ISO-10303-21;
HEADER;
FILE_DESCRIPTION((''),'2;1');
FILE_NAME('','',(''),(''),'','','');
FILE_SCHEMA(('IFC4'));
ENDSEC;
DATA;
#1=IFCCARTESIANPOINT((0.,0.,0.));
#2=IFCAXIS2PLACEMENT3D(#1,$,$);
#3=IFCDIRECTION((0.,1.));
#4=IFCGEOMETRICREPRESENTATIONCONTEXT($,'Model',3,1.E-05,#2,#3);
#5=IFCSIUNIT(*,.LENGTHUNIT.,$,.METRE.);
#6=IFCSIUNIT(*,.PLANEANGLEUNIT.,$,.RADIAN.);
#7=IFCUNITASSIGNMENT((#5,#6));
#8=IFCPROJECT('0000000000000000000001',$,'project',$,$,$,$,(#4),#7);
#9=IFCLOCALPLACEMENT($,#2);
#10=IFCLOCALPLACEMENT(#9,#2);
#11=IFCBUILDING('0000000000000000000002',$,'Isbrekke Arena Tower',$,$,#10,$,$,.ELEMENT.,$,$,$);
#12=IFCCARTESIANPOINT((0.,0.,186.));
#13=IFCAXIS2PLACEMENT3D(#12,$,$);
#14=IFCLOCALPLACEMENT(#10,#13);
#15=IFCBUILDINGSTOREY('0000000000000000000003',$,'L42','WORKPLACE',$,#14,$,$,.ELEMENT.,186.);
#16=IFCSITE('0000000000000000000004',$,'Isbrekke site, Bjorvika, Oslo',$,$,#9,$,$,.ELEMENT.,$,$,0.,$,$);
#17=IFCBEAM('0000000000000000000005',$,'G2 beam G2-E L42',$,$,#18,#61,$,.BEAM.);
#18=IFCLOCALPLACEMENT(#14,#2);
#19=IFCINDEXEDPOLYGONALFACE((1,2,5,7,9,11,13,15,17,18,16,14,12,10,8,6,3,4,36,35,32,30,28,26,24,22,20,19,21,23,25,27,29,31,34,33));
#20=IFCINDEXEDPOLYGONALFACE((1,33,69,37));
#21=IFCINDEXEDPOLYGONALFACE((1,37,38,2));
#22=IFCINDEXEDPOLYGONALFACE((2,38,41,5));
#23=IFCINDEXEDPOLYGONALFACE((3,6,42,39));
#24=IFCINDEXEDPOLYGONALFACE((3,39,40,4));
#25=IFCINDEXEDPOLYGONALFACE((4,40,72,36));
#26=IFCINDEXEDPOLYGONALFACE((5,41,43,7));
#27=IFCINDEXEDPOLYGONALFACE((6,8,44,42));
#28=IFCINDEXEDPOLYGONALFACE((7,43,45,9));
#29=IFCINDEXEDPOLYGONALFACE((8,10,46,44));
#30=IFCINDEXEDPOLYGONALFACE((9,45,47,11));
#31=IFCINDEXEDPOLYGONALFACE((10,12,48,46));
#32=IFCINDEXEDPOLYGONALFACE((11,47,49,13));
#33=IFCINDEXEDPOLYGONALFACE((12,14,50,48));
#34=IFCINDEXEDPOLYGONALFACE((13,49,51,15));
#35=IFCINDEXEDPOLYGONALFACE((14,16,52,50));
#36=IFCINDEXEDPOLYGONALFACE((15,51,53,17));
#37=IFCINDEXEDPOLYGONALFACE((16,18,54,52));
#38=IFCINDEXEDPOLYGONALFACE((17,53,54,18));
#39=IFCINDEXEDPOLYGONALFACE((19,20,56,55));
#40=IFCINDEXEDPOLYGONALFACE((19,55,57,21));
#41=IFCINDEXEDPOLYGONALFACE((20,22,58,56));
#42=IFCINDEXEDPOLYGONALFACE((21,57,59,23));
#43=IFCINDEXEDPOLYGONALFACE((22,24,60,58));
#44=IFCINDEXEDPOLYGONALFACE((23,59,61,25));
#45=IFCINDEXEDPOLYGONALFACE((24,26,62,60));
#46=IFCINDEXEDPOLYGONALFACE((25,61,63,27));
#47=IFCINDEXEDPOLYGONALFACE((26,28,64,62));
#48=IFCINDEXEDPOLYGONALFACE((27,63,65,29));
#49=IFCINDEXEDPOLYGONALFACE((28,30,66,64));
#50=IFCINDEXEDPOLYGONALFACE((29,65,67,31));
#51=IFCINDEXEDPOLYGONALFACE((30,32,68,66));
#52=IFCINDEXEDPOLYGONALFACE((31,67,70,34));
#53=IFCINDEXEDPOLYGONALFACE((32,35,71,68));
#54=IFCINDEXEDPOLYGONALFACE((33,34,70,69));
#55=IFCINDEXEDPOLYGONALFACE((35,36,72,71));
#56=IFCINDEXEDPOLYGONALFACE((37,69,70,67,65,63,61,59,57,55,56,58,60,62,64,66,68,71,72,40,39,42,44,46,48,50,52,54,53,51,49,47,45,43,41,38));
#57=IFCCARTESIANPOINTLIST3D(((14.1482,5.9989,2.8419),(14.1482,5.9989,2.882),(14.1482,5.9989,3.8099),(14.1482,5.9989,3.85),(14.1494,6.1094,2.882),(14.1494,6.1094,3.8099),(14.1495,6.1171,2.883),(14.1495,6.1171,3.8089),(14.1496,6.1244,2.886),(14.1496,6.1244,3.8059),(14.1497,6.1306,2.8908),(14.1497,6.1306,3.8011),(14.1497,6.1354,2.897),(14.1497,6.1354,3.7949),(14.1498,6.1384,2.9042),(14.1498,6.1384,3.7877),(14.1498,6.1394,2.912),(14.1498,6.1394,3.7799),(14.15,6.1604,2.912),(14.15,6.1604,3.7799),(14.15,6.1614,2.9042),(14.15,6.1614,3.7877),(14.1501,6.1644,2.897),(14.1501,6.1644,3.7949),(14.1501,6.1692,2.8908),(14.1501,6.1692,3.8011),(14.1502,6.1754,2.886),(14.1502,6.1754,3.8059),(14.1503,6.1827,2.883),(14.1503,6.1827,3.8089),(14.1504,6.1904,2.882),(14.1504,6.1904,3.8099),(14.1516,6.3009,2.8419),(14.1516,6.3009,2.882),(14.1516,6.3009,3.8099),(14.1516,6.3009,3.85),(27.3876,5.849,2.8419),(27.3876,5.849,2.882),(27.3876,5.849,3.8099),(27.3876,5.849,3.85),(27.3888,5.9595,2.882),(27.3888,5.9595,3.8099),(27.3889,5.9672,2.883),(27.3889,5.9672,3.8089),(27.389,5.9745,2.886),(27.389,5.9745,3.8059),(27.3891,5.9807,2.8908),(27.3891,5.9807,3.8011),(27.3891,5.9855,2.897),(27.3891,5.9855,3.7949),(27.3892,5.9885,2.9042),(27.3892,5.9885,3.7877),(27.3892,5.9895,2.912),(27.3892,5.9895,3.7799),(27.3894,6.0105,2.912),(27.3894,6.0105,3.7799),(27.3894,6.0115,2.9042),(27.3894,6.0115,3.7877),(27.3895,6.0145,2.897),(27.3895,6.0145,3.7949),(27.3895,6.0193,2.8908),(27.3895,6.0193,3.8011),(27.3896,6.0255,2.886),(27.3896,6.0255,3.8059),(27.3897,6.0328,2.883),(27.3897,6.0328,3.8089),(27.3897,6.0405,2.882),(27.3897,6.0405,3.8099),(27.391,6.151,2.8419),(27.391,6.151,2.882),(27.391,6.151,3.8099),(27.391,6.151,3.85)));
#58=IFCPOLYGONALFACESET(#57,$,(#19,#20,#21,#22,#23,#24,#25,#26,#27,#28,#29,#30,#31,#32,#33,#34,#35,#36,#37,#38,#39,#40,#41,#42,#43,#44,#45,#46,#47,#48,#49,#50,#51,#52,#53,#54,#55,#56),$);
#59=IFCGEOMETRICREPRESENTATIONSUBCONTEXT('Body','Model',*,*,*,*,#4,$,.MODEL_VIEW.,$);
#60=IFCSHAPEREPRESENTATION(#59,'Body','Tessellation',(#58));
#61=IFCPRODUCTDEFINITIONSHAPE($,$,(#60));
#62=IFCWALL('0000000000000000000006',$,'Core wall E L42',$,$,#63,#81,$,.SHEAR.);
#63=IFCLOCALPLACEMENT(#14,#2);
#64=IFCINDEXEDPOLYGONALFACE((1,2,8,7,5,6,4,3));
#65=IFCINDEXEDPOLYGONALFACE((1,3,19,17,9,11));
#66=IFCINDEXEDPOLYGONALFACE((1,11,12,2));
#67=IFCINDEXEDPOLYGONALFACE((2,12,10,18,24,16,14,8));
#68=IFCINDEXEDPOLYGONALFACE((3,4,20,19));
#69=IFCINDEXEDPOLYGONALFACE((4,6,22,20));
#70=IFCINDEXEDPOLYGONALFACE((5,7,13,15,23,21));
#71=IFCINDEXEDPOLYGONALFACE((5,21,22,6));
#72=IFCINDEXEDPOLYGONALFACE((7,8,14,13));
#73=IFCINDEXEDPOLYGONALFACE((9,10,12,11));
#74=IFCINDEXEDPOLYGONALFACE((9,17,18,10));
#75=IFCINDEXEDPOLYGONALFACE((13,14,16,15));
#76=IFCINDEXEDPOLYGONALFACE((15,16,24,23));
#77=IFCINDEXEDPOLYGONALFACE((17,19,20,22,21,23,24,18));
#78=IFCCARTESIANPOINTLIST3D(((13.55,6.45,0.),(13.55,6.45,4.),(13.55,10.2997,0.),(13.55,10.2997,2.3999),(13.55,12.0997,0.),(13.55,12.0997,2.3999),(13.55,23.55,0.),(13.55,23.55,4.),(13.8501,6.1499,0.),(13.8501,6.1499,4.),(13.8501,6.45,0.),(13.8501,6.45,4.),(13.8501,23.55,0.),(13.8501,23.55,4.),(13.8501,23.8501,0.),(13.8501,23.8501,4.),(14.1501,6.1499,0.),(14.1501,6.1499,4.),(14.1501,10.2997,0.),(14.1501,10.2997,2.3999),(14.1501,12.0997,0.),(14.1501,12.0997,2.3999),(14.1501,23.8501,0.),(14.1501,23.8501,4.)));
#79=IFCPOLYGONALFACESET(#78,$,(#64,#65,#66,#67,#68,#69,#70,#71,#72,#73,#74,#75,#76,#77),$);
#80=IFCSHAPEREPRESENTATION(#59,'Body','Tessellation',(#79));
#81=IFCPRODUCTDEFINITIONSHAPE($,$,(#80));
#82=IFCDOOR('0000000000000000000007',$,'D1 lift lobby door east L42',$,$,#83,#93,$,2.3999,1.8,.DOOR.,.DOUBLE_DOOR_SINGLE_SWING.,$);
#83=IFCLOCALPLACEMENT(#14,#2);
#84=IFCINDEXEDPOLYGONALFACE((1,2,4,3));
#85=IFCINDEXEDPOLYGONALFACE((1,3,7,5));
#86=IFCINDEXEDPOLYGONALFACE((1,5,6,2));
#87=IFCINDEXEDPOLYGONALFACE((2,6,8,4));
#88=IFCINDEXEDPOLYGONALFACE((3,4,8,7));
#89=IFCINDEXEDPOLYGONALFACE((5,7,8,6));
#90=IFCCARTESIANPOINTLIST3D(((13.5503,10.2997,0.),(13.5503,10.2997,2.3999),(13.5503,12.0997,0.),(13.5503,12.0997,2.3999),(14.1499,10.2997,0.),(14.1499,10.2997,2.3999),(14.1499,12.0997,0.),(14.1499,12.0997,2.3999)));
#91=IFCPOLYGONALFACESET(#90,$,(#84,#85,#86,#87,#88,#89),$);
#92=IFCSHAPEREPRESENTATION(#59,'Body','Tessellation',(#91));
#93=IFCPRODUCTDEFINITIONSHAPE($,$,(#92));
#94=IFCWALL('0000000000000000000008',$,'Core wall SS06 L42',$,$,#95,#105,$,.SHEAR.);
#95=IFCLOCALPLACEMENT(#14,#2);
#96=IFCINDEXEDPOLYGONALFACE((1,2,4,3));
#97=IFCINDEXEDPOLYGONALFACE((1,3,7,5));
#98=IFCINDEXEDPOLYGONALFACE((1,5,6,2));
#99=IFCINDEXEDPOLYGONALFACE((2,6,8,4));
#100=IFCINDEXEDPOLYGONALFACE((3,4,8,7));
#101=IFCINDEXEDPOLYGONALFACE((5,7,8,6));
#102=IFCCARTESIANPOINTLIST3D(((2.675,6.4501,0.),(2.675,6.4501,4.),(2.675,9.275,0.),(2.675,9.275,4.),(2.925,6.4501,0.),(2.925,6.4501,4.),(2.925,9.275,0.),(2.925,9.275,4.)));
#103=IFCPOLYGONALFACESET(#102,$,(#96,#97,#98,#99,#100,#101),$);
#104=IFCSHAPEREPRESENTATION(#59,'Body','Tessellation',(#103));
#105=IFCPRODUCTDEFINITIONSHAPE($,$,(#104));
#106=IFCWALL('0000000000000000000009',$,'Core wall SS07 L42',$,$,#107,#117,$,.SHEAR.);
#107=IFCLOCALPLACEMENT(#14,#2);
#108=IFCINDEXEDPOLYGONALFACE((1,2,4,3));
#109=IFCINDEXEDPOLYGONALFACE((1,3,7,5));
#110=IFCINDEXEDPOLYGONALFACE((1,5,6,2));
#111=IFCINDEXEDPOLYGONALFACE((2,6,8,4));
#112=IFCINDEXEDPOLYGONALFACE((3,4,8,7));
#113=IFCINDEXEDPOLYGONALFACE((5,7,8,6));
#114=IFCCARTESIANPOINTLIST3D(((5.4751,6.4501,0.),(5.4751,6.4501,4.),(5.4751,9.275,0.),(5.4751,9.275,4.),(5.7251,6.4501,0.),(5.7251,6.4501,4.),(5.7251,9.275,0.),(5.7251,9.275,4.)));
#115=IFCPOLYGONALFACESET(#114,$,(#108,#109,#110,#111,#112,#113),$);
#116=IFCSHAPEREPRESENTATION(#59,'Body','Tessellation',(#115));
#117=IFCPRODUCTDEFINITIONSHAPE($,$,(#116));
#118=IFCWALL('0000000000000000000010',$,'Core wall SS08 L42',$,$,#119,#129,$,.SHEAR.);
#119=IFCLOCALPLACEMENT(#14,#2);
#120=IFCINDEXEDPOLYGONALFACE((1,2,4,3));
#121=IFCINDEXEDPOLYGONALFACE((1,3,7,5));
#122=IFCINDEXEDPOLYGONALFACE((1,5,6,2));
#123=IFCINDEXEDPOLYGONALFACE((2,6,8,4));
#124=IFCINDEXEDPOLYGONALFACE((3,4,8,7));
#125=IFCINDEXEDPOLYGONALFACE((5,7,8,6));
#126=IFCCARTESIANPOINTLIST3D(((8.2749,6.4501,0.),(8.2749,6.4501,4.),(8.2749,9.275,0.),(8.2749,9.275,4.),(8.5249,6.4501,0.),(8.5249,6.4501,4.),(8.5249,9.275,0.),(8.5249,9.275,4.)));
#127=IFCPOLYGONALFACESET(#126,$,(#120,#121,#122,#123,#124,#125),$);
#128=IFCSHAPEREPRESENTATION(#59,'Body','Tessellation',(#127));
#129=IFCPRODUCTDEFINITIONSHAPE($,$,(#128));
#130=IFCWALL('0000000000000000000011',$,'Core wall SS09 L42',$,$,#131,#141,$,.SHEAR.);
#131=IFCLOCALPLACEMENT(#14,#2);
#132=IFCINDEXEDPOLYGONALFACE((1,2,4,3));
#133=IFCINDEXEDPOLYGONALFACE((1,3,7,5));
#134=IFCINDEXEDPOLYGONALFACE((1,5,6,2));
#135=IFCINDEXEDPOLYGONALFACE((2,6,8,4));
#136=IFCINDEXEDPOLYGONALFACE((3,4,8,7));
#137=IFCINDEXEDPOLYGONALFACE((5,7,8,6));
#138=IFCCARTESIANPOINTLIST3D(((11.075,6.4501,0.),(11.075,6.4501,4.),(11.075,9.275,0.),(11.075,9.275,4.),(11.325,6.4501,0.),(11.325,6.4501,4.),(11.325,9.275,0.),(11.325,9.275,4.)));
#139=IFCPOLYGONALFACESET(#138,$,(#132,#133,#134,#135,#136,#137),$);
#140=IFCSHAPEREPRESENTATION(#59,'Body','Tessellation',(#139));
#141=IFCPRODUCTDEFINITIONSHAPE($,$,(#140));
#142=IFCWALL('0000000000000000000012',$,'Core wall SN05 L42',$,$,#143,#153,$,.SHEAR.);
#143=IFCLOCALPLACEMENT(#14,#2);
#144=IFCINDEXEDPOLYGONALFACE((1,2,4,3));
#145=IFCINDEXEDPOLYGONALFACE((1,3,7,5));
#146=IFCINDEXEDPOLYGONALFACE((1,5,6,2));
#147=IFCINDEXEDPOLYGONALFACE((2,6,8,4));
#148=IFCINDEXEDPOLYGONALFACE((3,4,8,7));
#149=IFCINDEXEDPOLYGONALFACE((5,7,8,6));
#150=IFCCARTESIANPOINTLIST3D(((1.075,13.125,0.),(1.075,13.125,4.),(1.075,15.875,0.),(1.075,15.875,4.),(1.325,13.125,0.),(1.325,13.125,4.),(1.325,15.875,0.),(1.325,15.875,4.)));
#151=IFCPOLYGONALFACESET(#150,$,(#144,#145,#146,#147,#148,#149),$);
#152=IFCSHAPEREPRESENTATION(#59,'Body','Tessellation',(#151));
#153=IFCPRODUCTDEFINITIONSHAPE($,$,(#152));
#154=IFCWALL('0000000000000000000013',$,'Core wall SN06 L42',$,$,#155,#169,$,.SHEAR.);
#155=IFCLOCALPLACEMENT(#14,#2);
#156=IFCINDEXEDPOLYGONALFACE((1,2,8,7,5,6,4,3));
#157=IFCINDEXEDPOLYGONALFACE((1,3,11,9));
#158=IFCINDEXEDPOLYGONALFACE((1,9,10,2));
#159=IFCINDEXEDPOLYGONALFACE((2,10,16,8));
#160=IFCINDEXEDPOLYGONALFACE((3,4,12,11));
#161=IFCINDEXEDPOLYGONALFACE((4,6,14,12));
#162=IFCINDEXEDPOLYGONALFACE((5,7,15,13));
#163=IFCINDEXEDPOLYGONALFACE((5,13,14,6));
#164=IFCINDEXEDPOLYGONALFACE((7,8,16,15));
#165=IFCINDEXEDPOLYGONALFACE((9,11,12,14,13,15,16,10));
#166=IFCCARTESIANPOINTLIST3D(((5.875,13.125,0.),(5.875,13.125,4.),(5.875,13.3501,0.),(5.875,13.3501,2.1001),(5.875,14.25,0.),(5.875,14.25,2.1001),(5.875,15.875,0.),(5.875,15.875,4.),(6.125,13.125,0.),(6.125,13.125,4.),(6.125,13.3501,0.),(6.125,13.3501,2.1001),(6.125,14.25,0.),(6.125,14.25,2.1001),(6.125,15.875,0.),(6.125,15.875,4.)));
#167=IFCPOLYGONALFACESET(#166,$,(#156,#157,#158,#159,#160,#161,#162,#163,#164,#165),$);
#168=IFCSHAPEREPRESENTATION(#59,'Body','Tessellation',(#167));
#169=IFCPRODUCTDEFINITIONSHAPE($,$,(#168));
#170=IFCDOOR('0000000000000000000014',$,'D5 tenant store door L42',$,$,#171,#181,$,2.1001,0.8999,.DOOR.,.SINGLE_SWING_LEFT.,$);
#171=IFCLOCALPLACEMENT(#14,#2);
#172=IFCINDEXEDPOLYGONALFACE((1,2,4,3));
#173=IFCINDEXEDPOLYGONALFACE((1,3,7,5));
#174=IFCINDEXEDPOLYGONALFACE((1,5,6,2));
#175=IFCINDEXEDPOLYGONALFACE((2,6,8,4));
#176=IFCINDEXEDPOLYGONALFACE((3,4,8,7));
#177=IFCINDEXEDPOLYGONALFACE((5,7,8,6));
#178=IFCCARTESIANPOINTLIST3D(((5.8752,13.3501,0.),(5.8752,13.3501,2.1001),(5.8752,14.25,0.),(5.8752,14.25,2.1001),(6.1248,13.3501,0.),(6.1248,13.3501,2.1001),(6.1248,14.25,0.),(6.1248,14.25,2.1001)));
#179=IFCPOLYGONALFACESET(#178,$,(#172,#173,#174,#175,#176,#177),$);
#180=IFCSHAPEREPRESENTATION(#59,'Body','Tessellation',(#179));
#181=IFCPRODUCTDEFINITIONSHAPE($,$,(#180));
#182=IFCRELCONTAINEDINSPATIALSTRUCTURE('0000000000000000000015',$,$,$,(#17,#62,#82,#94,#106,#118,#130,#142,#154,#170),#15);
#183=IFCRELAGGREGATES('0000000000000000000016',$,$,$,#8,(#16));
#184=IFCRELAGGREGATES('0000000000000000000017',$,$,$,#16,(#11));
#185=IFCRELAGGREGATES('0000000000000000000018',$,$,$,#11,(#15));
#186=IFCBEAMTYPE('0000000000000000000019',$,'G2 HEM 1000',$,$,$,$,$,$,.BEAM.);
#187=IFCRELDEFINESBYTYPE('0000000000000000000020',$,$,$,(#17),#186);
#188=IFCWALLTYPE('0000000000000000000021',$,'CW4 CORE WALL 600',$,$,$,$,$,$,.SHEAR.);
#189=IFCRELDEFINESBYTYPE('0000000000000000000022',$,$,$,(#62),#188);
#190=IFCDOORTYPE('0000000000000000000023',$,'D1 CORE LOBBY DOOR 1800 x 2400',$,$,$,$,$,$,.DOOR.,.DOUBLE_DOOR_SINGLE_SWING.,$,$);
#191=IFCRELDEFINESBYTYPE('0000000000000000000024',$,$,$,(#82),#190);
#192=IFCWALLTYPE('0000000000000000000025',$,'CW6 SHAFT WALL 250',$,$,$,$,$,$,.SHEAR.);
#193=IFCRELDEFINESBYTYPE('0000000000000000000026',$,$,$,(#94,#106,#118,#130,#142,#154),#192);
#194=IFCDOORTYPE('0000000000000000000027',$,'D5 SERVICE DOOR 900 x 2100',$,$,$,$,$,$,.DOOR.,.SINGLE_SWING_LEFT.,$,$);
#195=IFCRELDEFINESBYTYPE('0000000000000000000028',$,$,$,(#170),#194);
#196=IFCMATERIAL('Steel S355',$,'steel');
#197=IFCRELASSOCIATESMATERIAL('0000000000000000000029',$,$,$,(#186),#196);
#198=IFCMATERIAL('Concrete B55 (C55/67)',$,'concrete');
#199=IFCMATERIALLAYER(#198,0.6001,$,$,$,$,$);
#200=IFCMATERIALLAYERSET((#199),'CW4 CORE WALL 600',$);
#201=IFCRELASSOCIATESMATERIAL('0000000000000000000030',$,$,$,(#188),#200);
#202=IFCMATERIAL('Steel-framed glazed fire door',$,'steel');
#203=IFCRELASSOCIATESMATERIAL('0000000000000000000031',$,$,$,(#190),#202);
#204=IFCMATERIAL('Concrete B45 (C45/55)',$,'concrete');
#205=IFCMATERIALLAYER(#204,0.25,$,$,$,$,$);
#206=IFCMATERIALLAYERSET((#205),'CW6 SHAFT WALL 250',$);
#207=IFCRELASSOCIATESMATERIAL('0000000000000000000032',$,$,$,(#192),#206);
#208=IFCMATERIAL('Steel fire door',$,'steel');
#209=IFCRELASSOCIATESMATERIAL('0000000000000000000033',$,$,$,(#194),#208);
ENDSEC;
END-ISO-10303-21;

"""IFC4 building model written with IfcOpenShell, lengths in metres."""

from ifc_helpers import new_model, si_unit, direction, frame, frame_2d, origin, origin_2d, place, context, subcontext, project, spatial, polyline, rectangle, i_section, outline, extrude, material, layer, layer_set, material_profile, profile_set, type_object, element, fill, save


model = new_model("IFC4")

# Units and contexts
model_context = context("Model", 3, precision=1e-05, world=origin(), true_north=direction((0.0, 1.0)))
body_context = subcontext(model_context, "Body", "Model", "MODEL_VIEW")
ifc_project = project(units=[si_unit("LENGTHUNIT", "METRE"), si_unit("PLANEANGLEUNIT", "RADIAN")], contexts=[model_context])

# Site, building, storey
site_placement = place(None, origin())
site = spatial("IfcSite", under=ifc_project, at=site_placement, Name="Isbrekke site, Bjorvika, Oslo", CompositionType="ELEMENT", RefElevation=0.0)
building_placement = place(site_placement, origin())
building = spatial("IfcBuilding", under=site, at=building_placement, Name="Isbrekke Arena Tower", CompositionType="ELEMENT")
storey_placement = place(building_placement, frame((0.0, 0.0, 186.0)))
storey = spatial("IfcBuildingStorey", under=building, at=storey_placement, Name="L42", Description="WORKPLACE", CompositionType="ELEMENT", Elevation=186.0)

# Beam
ifc_material_1 = material(Name="Steel S355", Category="steel")
ifc_material_profile = material_profile(ifc_material_1, i_section(OverallWidth=0.302, OverallDepth=1.0081, WebThickness=0.021, FlangeThickness=0.04, FilletRadius=0.03, at=origin_2d()), Name="HEM 1000")
ifc_profile_set = profile_set([ifc_material_profile], Name="Steel S355")
beam_type = type_object("IfcBeamType", Name="G2 HEM 1000", PredefinedType="BEAM", material=ifc_profile_set)
beam_placement = place(storey_placement, frame((14.1499, 6.1499, 3.3459), z_axis=(0.999936, -0.011322, 0.0), x_axis=(0.011322, 0.999936, 0.0)))
element("IfcBeam", 1, at=beam_placement, inside=storey, type_object=beam_type, Name="G2 beam G2-E L42", PredefinedType="BEAM", context=body_context, shape_type="SweptSolid", body=[
    extrude(i_section(OverallWidth=0.302, OverallDepth=1.0081, WebThickness=0.021, FlangeThickness=0.04, FilletRadius=0.03, at=origin_2d()), origin(), (0.0, 0.0, 1.0), 13.2402),
])

# Wall, opening, door
ifc_material_2 = material(Name="Concrete B55 (C55/67)", Category="concrete")
ifc_layer_1 = layer(ifc_material_2, 0.6001)
ifc_layer_set_1 = layer_set([ifc_layer_1], Name="CW4 CORE WALL 600")
wall_type_1 = type_object("IfcWallType", Name="CW4 CORE WALL 600", PredefinedType="SHEAR", material=ifc_layer_set_1)
wall_1_placement = place(storey_placement, frame((13.8501, 6.1499, 0.0), z_axis=(0.0, 0.0, 1.0), x_axis=(0.0, 1.0, 0.0)))
wall_1 = element("IfcWall", 2, at=wall_1_placement, inside=storey, type_object=wall_type_1, Name="Core wall E L42", PredefinedType="SHEAR", context=body_context, shape_type="SweptSolid", body=[
    extrude(outline(polyline([(0.0, -0.3), (17.7002, -0.3), (17.7002, 0.0), (17.4001, 0.0), (17.4001, 0.3), (0.3, 0.3), (0.3, 0.0), (0.0, 0.0), (0.0, -0.3)])), origin(), (0.0, 0.0, 1.0), 4.0),
])
opening_1_placement = place(wall_1_placement, frame((4.1499, 0.0, 0.0)))
opening_1 = element("IfcOpeningElement", 3, at=opening_1_placement, cuts=wall_1, PredefinedType="OPENING", context=body_context, shape_type="SweptSolid", body=[
    extrude(rectangle(XDim=1.8, YDim=2.3999, at=frame_2d((0.8999, 1.2))), frame((0.0, 0.3149, 0.0), z_axis=(0.0, -1.0, 0.0), x_axis=(1.0, 0.0, 0.0)), (0.0, 0.0, 1.0), 0.6299),
])
ifc_material_3 = material(Name="Steel-framed glazed fire door", Category="steel")
door_type_1 = type_object("IfcDoorType", Name="D1 CORE LOBBY DOOR 1800 x 2400", OperationType="DOUBLE_DOOR_SINGLE_SWING", PredefinedType="DOOR", material=ifc_material_3)
door_1_placement = place(opening_1_placement, origin())
door_1 = element("IfcDoor", 4, at=door_1_placement, inside=storey, type_object=door_type_1, Name="D1 lift lobby door east L42", OperationType="DOUBLE_DOOR_SINGLE_SWING", OverallHeight=2.3999, OverallWidth=1.8, PredefinedType="DOOR", context=body_context, shape_type="SweptSolid", body=[
    extrude(rectangle(XDim=1.8, YDim=2.3999, at=frame_2d((0.8999, 1.2))), frame((0.0, 0.2998, 0.0), z_axis=(0.0, -1.0, 0.0), x_axis=(1.0, 0.0, 0.0)), (0.0, 0.0, 1.0), 0.5996),
])
fill(opening_1, door_1)

# Walls
ifc_material_4 = material(Name="Concrete B45 (C45/55)", Category="concrete")
ifc_layer_2 = layer(ifc_material_4, 0.25)
ifc_layer_set_2 = layer_set([ifc_layer_2], Name="CW6 SHAFT WALL 250")
wall_type_2 = type_object("IfcWallType", Name="CW6 SHAFT WALL 250", PredefinedType="SHEAR", material=ifc_layer_set_2)
for number, where, z_axis, x_axis, name in (
    (5, (2.8, 6.45, 0.0), (0.0, 0.0, 1.0), (0.0, 1.0, 0.0), "Core wall SS06 L42"),
    (6, (5.6001, 6.45, 0.0), (0.0, 0.0, 1.0), (0.0, 1.0, 0.0), "Core wall SS07 L42"),
    (7, (8.3999, 6.45, 0.0), (0.0, 0.0, 1.0), (0.0, 1.0, 0.0), "Core wall SS08 L42"),
    (8, (11.2, 6.45, 0.0), (0.0, 0.0, 1.0), (0.0, 1.0, 0.0), "Core wall SS09 L42"),
):
    element("IfcWall", number, at=place(storey_placement, frame(where, z_axis=z_axis, x_axis=x_axis)), inside=storey, type_object=wall_type_2, Name=name, PredefinedType="SHEAR", context=body_context, shape_type="SweptSolid", body=[
        extrude(rectangle(XDim=2.825, YDim=0.25, at=frame_2d((1.4126, 0.0))), origin(), (0.0, 0.0, 1.0), 4.0),
    ])
wall_2_placement = place(storey_placement, frame((1.2, 13.125, 0.0), z_axis=(0.0, 0.0, 1.0), x_axis=(0.0, 1.0, 0.0)))
element("IfcWall", 9, at=wall_2_placement, inside=storey, type_object=wall_type_2, Name="Core wall SN05 L42", PredefinedType="SHEAR", context=body_context, shape_type="SweptSolid", body=[
    extrude(rectangle(XDim=2.75, YDim=0.25, at=frame_2d((1.375, 0.0))), origin(), (0.0, 0.0, 1.0), 4.0),
])

# Wall, opening, door
wall_3_placement = place(storey_placement, frame((6.0, 13.125, 0.0), z_axis=(0.0, 0.0, 1.0), x_axis=(0.0, 1.0, 0.0)))
wall_3 = element("IfcWall", 10, at=wall_3_placement, inside=storey, type_object=wall_type_2, Name="Core wall SN06 L42", PredefinedType="SHEAR", context=body_context, shape_type="SweptSolid", body=[
    extrude(rectangle(XDim=2.75, YDim=0.25, at=frame_2d((1.375, 0.0))), origin(), (0.0, 0.0, 1.0), 4.0),
])
opening_2_placement = place(wall_3_placement, frame((0.2251, 0.0, 0.0)))
opening_2 = element("IfcOpeningElement", 11, at=opening_2_placement, cuts=wall_3, PredefinedType="OPENING", context=body_context, shape_type="SweptSolid", body=[
    extrude(rectangle(XDim=0.8999, YDim=2.1001, at=frame_2d((0.45, 1.05))), frame((0.0, 0.1399, 0.0), z_axis=(0.0, -1.0, 0.0), x_axis=(1.0, 0.0, 0.0)), (0.0, 0.0, 1.0), 0.2798),
])
ifc_material_5 = material(Name="Steel fire door", Category="steel")
door_type_2 = type_object("IfcDoorType", Name="D5 SERVICE DOOR 900 x 2100", OperationType="SINGLE_SWING_LEFT", PredefinedType="DOOR", material=ifc_material_5)
door_2_placement = place(opening_2_placement, frame((0.8999, 0.0, 0.0), z_axis=(0.0, 0.0, 1.0), x_axis=(-1.0, 0.0, 0.0)))
door_2 = element("IfcDoor", 12, at=door_2_placement, inside=storey, type_object=door_type_2, Name="D5 tenant store door L42", OperationType="SINGLE_SWING_LEFT", OverallHeight=2.1001, OverallWidth=0.8999, PredefinedType="DOOR", context=body_context, shape_type="SweptSolid", body=[
    extrude(rectangle(XDim=0.8999, YDim=2.1001, at=frame_2d((0.45, 1.05))), frame((0.0, 0.1248, 0.0), z_axis=(0.0, -1.0, 0.0), x_axis=(1.0, 0.0, 0.0)), (0.0, 0.0, 1.0), 0.2495),
])
fill(opening_2, door_2)

save(model, "model.ifc")
